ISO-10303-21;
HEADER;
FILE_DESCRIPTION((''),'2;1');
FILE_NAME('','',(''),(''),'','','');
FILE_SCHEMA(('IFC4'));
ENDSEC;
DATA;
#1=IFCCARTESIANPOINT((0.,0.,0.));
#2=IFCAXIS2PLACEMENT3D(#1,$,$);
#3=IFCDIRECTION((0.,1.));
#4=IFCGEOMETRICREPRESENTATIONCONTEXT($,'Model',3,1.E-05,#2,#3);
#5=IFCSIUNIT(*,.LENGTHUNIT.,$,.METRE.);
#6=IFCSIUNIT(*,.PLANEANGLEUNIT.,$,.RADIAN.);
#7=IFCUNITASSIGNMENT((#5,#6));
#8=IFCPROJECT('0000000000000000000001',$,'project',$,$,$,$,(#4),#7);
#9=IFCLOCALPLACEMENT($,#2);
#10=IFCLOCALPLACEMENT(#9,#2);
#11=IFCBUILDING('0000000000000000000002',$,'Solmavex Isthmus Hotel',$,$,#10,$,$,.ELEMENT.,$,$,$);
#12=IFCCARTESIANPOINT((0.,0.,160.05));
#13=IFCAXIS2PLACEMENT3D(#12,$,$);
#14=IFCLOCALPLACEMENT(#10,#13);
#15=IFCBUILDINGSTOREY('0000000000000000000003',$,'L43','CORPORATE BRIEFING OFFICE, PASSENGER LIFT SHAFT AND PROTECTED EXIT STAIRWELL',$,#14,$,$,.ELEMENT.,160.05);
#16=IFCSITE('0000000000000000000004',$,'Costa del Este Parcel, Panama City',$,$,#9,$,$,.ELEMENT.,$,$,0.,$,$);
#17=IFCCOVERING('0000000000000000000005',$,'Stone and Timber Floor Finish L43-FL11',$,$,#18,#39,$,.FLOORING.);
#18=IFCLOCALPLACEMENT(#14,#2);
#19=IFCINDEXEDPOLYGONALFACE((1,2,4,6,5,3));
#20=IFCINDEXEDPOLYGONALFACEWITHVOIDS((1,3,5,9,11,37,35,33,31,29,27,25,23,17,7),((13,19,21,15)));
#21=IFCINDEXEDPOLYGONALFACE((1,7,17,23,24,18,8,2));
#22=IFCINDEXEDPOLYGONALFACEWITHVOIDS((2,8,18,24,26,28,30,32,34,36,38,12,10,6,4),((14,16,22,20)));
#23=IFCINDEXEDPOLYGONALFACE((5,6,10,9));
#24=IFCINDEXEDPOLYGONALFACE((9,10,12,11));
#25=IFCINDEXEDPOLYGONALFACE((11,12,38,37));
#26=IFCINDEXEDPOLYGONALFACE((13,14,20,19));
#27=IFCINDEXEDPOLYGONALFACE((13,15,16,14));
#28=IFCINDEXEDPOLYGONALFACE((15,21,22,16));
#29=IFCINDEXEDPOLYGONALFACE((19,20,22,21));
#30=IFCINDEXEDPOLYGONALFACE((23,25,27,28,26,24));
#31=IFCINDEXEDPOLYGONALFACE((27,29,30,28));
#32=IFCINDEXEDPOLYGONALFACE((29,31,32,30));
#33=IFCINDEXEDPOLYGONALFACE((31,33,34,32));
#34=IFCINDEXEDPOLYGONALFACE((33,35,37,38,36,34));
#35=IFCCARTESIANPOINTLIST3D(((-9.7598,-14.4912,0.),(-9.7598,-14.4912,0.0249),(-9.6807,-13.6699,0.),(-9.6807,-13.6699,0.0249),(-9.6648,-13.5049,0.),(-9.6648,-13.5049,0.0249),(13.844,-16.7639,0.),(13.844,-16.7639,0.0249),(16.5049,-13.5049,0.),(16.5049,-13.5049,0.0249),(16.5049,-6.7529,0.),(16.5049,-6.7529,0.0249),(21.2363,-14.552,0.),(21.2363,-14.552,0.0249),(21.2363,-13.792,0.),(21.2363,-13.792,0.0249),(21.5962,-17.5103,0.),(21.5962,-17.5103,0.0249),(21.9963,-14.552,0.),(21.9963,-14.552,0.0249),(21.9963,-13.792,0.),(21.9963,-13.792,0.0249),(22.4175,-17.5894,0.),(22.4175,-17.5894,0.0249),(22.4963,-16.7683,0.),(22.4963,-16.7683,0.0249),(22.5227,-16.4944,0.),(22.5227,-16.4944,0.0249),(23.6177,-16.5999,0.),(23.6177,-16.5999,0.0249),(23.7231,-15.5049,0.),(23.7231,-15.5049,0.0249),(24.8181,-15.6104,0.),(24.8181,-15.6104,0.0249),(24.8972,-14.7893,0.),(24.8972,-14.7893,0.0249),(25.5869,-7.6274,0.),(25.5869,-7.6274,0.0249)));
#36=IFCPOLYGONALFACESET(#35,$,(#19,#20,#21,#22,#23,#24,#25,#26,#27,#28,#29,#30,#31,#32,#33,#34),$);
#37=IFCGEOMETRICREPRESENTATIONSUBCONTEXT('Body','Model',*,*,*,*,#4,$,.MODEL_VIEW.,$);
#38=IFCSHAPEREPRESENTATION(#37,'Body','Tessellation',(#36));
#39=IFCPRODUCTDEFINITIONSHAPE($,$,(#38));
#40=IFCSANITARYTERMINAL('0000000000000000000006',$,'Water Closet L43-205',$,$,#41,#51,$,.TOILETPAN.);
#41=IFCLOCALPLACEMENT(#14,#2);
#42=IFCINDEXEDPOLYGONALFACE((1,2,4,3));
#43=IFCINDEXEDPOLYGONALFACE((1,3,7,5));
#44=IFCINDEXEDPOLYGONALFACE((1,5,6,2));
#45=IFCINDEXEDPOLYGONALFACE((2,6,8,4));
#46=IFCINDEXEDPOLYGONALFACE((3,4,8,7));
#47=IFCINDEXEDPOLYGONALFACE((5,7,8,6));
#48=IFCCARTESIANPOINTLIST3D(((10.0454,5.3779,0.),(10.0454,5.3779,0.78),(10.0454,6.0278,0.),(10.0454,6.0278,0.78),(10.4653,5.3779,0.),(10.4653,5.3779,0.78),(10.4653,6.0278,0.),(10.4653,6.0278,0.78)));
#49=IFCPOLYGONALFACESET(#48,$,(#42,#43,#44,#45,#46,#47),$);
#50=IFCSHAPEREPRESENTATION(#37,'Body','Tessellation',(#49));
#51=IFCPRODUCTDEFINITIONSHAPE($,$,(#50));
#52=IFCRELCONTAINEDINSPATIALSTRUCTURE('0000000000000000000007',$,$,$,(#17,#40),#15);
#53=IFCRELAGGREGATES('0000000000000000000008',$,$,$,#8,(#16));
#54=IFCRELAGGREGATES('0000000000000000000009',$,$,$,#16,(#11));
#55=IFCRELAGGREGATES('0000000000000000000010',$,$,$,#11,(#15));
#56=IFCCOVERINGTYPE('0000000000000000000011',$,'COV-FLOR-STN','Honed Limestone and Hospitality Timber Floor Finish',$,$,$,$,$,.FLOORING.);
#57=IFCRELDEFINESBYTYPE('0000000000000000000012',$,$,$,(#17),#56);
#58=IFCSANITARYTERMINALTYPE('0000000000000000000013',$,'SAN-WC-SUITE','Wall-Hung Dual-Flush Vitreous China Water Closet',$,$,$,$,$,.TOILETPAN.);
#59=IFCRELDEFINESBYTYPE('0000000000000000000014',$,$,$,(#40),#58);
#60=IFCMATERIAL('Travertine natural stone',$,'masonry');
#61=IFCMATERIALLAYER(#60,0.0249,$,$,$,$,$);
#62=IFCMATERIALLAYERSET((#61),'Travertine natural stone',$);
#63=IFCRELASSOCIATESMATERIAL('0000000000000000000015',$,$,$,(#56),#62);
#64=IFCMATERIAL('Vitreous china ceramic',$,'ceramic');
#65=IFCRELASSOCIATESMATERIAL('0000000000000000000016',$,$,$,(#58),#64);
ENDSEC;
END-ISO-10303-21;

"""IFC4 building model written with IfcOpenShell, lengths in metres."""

from ifc_helpers import new_model, si_unit, direction, frame, origin, origin_2d, place, context, subcontext, project, spatial, polyline, rectangle, outline, extrude, material, layer, layer_set, type_object, element, save


model = new_model("IFC4")

# Units and contexts
model_context = context("Model", 3, precision=1e-05, world=origin(), true_north=direction((0.0, 1.0)))
body_context = subcontext(model_context, "Body", "Model", "MODEL_VIEW")
ifc_project = project(units=[si_unit("LENGTHUNIT", "METRE"), si_unit("PLANEANGLEUNIT", "RADIAN")], contexts=[model_context])

# Site, building, storey
site_placement = place(None, origin())
site = spatial("IfcSite", under=ifc_project, at=site_placement, Name="Costa del Este Parcel, Panama City", CompositionType="ELEMENT", RefElevation=0.0)
building_placement = place(site_placement, origin())
building = spatial("IfcBuilding", under=site, at=building_placement, Name="Solmavex Isthmus Hotel", CompositionType="ELEMENT")
storey_placement = place(building_placement, frame((0.0, 0.0, 160.05)))
storey = spatial("IfcBuildingStorey", under=building, at=storey_placement, Name="L43", Description="CORPORATE BRIEFING OFFICE, PASSENGER LIFT SHAFT AND PROTECTED EXIT STAIRWELL", CompositionType="ELEMENT", Elevation=160.05)

# Covering
ifc_material_1 = material(Name="Travertine natural stone", Category="masonry")
ifc_layer_1 = layer(ifc_material_1, 0.0249)
ifc_layer_set_1 = layer_set([ifc_layer_1], Name="Travertine natural stone")
covering_type_1 = type_object("IfcCoveringType", Name="COV-FLOR-STN", Description="Honed Limestone and Hospitality Timber Floor Finish", PredefinedType="FLOORING", material=ifc_layer_set_1)
covering_1_placement = place(storey_placement, origin())
element("IfcCovering", 1, at=covering_1_placement, inside=storey, type_object=covering_type_1, Name="Stone and Timber Floor Finish L43-FL11", PredefinedType="FLOORING", context=body_context, shape_type="SweptSolid", body=[
    extrude(outline(polyline([(21.5962, -17.5103), (22.4175, -17.5894), (22.4963, -16.7683), (22.5227, -16.4944), (23.6177, -16.5999), (23.7231, -15.5049), (24.8181, -15.6104), (24.8972, -14.7893), (25.5869, -7.6274), (16.5049, -6.7529), (16.5049, -13.5049), (-9.6648, -13.5049), (-9.6807, -13.6699), (-9.7598, -14.4912), (13.844, -16.7639), (21.5962, -17.5103)]), holes=[polyline([(21.2363, -14.552), (21.2363, -13.792), (21.9963, -13.792), (21.9963, -14.552), (21.2363, -14.552)])]), origin(), (0.0, 0.0, 1.0), 0.0249),
])

# Sanitary terminal
ifc_material_2 = material(Name="Vitreous china ceramic", Category="ceramic")
sanitary_terminal_type = type_object("IfcSanitaryTerminalType", Name="SAN-WC-SUITE", Description="Wall-Hung Dual-Flush Vitreous China Water Closet", PredefinedType="TOILETPAN", material=ifc_material_2)
sanitary_terminal_placement = place(storey_placement, frame((10.2554, 5.7029, 0.0), z_axis=(0.0, 0.0, 1.0), x_axis=(1.0, 0.0, 0.0)))
element("IfcSanitaryTerminal", 2, at=sanitary_terminal_placement, inside=storey, type_object=sanitary_terminal_type, Name="Water Closet L43-205", PredefinedType="TOILETPAN", context=body_context, shape_type="SweptSolid", body=[
    extrude(rectangle(XDim=0.4199, YDim=0.6499, at=origin_2d()), origin(), (0.0, 0.0, 1.0), 0.78),
])

save(model, "model.ifc")
